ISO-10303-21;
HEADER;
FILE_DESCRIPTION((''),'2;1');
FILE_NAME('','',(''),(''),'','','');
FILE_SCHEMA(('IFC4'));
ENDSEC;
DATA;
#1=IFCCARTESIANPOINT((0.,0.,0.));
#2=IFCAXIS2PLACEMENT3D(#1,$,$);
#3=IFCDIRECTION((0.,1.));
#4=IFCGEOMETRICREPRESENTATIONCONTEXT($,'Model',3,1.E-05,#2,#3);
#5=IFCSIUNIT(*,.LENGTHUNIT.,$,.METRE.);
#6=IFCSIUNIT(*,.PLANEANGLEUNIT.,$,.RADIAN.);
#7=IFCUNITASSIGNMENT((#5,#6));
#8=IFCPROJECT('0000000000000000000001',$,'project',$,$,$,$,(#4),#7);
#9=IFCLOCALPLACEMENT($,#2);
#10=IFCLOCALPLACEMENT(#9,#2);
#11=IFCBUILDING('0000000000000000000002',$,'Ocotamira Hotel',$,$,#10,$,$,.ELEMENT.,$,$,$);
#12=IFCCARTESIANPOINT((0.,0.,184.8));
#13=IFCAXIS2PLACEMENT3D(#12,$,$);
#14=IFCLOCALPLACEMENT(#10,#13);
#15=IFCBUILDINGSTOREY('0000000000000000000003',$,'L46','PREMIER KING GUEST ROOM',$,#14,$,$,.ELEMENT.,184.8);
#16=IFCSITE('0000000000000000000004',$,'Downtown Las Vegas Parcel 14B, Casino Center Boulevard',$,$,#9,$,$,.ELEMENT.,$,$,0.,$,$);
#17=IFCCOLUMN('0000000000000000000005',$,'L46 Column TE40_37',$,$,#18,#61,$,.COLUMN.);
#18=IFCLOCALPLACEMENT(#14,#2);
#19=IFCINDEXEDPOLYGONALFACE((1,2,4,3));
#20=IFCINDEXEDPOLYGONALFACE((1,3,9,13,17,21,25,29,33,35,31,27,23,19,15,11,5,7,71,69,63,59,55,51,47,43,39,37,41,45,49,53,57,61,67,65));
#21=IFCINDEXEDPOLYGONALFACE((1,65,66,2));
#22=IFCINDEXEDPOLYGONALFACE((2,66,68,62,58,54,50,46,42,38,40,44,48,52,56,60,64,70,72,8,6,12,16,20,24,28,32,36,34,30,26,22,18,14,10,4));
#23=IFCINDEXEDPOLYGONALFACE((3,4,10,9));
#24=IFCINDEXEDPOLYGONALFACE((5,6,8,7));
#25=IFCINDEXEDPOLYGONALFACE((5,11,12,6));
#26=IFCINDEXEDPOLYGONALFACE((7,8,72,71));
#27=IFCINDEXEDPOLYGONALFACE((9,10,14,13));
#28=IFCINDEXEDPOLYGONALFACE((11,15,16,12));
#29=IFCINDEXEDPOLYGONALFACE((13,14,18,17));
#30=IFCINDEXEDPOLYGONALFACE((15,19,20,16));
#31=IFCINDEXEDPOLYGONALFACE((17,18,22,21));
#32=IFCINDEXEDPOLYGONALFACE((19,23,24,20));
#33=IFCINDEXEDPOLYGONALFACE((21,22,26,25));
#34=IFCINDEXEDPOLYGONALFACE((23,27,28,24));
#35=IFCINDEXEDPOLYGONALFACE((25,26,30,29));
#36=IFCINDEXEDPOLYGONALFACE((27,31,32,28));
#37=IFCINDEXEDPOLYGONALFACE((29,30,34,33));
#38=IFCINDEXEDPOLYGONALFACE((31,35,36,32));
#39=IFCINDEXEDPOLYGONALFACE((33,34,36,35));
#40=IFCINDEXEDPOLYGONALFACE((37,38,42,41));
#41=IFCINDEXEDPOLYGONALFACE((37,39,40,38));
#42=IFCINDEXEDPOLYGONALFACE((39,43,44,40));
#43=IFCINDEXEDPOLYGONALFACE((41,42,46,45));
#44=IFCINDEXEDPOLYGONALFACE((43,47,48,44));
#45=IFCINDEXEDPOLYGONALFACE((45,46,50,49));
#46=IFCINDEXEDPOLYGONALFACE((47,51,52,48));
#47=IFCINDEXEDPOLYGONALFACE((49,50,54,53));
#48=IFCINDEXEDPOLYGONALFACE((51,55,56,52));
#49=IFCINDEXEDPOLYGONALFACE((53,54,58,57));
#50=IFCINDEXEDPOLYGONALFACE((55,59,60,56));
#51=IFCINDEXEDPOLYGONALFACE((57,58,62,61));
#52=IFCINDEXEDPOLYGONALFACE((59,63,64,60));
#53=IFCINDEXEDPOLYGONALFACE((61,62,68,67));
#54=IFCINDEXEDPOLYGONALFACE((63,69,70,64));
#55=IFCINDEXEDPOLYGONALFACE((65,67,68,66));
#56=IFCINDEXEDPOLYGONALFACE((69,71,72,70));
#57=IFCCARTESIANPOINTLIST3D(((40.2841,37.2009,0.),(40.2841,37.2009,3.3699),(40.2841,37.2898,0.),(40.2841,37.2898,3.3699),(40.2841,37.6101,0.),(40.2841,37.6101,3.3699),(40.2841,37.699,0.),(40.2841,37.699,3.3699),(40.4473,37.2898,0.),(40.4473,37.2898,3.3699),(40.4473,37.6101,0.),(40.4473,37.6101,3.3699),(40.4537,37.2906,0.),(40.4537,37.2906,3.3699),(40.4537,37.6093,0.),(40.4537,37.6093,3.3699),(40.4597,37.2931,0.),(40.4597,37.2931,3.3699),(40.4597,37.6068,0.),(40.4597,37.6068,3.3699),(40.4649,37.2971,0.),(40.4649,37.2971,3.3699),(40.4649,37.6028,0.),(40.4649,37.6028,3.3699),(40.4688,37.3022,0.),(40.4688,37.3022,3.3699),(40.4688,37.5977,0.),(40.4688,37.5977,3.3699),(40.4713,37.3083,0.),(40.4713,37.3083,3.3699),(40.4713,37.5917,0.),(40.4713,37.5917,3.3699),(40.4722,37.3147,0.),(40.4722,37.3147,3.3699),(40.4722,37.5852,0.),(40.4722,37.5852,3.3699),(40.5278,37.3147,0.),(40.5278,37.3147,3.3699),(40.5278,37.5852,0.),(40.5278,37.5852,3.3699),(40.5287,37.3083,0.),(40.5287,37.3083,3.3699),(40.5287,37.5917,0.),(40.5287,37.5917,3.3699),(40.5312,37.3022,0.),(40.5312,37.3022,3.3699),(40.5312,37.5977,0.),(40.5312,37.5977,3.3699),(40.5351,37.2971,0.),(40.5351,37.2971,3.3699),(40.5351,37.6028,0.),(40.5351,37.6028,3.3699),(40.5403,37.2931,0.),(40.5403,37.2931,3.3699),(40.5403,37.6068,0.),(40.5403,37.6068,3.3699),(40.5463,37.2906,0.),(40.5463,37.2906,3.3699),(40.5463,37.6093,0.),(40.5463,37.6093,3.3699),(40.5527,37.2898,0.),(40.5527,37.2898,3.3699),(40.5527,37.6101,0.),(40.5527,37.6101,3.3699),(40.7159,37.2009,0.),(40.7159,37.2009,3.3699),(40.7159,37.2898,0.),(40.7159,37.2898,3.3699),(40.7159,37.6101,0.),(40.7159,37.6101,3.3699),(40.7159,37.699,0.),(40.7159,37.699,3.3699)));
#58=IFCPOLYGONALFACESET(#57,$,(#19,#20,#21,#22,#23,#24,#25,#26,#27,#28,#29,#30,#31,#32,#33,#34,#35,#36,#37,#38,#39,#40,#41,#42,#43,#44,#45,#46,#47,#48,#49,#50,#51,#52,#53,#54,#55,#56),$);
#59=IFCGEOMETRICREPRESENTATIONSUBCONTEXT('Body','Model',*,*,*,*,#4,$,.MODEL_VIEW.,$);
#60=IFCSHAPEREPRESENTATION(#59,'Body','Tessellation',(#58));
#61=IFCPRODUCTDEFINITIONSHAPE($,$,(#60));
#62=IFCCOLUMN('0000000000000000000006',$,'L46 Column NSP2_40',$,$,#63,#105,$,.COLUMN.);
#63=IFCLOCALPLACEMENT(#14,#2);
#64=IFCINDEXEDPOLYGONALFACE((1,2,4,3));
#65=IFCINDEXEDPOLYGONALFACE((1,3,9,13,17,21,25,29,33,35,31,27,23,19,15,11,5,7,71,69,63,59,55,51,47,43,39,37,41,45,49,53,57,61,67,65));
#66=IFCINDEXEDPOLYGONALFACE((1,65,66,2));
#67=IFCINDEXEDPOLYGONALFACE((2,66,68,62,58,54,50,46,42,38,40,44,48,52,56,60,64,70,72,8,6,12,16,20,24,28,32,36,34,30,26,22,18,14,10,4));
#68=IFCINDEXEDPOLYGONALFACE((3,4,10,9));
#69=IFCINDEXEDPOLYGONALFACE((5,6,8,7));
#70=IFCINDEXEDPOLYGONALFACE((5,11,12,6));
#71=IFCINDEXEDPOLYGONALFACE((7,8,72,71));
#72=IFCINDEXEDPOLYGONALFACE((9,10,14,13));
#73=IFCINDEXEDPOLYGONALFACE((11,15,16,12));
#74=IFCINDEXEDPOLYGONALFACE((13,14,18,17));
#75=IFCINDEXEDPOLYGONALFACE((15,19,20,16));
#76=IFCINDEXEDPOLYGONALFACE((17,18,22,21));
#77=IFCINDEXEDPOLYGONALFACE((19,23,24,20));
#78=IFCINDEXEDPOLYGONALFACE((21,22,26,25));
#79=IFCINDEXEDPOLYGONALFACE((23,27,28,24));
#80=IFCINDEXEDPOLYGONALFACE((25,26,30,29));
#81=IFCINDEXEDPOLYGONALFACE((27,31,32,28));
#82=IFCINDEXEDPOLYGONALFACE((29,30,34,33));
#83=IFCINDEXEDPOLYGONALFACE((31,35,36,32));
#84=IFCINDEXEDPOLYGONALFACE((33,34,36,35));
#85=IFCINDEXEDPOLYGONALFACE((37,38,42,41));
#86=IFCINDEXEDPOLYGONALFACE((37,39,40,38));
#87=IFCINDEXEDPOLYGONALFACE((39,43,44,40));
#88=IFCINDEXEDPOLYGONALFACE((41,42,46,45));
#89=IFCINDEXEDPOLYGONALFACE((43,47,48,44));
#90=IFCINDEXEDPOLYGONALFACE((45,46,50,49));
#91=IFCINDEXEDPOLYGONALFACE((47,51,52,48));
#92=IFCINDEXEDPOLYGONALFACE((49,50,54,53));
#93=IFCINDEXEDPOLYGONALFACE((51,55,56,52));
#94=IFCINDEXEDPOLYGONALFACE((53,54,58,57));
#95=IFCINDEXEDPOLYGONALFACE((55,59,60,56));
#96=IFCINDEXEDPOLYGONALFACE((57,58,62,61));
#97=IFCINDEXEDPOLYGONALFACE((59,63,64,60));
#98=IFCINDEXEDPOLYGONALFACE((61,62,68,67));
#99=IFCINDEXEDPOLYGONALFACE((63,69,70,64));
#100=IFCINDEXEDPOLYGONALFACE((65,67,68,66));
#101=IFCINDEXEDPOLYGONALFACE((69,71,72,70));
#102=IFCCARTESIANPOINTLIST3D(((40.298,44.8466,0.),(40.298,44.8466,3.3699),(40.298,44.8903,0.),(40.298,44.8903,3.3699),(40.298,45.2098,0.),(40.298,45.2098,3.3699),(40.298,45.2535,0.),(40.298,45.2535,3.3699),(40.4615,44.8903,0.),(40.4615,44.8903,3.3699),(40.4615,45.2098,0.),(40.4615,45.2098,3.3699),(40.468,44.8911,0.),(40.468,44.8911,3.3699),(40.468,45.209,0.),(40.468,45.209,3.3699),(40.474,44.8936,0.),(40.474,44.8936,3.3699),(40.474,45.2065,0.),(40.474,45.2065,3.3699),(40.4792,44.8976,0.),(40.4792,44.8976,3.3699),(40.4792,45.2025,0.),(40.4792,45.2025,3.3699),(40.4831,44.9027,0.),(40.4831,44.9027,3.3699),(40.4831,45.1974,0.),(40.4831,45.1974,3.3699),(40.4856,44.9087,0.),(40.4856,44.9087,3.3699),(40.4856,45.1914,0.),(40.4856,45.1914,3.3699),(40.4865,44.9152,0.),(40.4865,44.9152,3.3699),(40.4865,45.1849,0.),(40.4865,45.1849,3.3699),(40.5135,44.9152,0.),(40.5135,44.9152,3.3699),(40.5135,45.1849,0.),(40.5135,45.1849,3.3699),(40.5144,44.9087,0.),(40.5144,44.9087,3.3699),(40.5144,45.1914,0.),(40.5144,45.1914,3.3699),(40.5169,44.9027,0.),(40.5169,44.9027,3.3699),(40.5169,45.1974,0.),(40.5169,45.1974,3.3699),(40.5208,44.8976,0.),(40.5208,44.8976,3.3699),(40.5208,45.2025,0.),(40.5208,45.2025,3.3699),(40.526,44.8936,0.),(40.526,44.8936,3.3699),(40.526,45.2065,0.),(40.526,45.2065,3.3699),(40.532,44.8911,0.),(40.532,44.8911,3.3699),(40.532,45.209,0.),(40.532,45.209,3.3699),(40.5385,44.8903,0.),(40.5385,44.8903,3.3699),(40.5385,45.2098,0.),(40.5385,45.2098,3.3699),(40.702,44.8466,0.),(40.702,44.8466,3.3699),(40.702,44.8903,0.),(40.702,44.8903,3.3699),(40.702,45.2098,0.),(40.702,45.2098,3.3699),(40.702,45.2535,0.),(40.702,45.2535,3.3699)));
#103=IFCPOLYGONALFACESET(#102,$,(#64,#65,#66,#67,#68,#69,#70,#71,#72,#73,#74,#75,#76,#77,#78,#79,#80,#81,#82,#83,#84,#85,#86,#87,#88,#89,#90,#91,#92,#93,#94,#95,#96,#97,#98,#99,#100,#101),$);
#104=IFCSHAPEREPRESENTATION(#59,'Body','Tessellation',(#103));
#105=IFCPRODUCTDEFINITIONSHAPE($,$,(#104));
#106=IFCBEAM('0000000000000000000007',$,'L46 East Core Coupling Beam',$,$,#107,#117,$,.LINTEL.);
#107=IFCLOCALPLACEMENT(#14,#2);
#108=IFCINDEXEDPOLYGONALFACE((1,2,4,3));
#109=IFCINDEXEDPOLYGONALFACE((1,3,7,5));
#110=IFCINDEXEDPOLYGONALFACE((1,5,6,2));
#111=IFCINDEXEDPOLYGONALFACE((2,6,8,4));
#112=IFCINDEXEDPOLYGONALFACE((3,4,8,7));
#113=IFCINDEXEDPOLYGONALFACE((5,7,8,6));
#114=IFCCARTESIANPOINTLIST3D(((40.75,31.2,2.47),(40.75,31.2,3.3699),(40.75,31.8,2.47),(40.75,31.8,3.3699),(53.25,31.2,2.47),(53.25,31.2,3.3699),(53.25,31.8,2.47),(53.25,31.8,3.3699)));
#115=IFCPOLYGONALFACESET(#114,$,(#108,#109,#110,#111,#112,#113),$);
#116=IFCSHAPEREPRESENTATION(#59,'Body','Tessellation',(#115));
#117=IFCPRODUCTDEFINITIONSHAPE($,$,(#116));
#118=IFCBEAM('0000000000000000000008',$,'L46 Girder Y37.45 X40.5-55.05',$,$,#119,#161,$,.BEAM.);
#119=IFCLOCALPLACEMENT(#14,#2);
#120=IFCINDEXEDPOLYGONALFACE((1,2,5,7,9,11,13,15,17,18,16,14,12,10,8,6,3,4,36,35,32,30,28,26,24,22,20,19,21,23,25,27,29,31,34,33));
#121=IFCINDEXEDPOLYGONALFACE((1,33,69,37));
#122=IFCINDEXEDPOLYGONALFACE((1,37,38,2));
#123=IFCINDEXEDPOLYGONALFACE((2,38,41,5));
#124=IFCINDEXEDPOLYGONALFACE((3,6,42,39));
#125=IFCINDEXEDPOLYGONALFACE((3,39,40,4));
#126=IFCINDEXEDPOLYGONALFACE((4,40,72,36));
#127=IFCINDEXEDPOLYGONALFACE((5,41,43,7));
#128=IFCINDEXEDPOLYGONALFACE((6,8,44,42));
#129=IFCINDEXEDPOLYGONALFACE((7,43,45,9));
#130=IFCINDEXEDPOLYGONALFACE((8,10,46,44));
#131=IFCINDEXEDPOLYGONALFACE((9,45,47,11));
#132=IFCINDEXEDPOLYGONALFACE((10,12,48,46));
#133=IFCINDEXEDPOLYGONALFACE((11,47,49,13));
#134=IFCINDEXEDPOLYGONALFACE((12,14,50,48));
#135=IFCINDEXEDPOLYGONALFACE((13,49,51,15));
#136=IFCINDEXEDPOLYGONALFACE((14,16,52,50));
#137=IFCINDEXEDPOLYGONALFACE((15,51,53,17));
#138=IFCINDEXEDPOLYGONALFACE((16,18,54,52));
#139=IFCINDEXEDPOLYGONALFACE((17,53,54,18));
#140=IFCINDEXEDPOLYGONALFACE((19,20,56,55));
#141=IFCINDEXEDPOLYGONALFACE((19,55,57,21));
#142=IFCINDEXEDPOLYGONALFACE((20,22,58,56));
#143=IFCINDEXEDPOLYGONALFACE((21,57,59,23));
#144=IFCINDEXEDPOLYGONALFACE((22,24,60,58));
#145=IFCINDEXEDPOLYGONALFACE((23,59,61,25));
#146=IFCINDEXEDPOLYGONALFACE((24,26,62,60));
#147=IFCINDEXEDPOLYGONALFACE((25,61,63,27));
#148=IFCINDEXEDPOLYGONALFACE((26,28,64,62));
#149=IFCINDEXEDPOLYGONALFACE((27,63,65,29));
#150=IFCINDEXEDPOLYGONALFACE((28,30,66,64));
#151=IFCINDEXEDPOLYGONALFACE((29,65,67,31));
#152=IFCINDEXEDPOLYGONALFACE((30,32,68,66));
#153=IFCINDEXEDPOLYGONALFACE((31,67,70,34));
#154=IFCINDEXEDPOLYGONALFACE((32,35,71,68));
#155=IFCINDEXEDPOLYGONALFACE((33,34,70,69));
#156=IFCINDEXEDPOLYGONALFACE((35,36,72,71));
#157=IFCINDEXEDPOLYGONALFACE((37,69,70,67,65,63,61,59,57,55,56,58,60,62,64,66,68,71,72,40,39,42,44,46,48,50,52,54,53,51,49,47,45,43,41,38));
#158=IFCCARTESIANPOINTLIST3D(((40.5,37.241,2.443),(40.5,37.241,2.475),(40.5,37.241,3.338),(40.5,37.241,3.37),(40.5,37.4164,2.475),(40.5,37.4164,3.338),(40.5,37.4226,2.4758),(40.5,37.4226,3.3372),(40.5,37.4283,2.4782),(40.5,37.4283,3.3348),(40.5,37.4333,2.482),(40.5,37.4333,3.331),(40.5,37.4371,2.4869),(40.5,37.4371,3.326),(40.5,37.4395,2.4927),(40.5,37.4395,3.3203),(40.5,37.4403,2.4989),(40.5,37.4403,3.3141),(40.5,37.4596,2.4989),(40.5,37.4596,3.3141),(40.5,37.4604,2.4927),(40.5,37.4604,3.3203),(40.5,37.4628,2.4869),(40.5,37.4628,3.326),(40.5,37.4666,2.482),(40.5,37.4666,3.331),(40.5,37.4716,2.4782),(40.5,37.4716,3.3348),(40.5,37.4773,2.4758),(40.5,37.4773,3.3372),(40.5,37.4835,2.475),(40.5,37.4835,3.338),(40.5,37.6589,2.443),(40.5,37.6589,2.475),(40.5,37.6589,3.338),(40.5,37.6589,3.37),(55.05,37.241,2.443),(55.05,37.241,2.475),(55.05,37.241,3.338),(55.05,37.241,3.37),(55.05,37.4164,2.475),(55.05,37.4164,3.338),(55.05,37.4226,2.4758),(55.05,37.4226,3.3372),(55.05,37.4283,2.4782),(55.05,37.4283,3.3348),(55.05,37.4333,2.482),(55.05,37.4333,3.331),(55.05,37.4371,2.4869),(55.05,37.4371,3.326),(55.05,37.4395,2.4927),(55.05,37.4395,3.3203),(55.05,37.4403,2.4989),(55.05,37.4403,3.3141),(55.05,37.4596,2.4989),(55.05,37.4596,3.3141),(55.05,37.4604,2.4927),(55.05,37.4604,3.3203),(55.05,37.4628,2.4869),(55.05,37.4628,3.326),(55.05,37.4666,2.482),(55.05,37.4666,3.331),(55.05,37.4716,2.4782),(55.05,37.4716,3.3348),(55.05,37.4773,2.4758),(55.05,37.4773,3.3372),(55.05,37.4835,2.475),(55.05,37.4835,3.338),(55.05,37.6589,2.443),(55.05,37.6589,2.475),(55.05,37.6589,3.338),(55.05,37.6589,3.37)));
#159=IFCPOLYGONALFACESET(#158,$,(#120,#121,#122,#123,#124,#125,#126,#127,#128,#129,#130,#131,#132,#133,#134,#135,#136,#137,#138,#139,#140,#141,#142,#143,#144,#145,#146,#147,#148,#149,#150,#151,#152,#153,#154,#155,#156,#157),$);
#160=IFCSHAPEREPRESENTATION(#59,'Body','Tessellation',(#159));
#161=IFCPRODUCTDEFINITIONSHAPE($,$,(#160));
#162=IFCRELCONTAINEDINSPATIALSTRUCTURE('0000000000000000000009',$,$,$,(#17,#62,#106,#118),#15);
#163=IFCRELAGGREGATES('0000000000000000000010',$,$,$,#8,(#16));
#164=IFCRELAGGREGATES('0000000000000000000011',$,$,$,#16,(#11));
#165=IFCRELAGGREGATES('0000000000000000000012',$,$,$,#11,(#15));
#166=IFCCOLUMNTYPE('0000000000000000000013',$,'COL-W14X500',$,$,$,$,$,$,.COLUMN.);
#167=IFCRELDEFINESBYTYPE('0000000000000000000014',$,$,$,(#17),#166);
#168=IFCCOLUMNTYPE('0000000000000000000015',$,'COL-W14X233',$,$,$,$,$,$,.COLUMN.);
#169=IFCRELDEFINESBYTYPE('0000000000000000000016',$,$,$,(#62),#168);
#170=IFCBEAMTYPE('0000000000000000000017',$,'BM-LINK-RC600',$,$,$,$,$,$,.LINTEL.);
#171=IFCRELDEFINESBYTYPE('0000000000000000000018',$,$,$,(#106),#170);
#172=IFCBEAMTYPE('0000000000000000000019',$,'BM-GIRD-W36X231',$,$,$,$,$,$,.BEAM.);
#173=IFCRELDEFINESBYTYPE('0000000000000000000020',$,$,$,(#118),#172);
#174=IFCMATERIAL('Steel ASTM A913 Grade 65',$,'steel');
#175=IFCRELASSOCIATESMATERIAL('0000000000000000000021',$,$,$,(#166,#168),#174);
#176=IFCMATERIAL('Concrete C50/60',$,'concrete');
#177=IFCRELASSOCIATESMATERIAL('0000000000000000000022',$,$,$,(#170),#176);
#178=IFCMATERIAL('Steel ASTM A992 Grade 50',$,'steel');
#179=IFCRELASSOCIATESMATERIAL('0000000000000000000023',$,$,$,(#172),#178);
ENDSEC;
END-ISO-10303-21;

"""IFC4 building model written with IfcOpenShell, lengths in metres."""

from ifc_helpers import new_model, si_unit, direction, frame, origin, origin_2d, place, context, subcontext, project, spatial, rectangle, i_section, extrude, source, transform, mapped, material, material_profile, profile_set, type_object, element, save


model = new_model("IFC4")

# Units and contexts
model_context = context("Model", 3, precision=1e-05, world=origin(), true_north=direction((0.0, 1.0)))
body_context = subcontext(model_context, "Body", "Model", "MODEL_VIEW")
ifc_project = project(units=[si_unit("LENGTHUNIT", "METRE"), si_unit("PLANEANGLEUNIT", "RADIAN")], contexts=[model_context])

# Site, building, storey
site_placement = place(None, origin())
site = spatial("IfcSite", under=ifc_project, at=site_placement, Name="Downtown Las Vegas Parcel 14B, Casino Center Boulevard", CompositionType="ELEMENT", RefElevation=0.0)
building_placement = place(site_placement, origin())
building = spatial("IfcBuilding", under=site, at=building_placement, Name="Ocotamira Hotel", CompositionType="ELEMENT")
storey_placement = place(building_placement, frame((0.0, 0.0, 184.8)))
storey = spatial("IfcBuildingStorey", under=building, at=storey_placement, Name="L46", Description="PREMIER KING GUEST ROOM", CompositionType="ELEMENT", Elevation=184.8)

# Columns
ifc_material_1 = material(Name="Steel ASTM A913 Grade 65", Category="steel")
ifc_material_profile_1 = material_profile(ifc_material_1, i_section(OverallWidth=0.4319, OverallDepth=0.498, WebThickness=0.0557, FlangeThickness=0.0889, FilletRadius=0.0249, at=origin_2d()), Name="W14X500")
ifc_profile_set_1 = profile_set([ifc_material_profile_1], Name="Steel ASTM A913 Grade 65")
column_type_1 = type_object("IfcColumnType", Name="COL-W14X500", PredefinedType="COLUMN", material=ifc_profile_set_1)
shared_shape_1 = source(origin(), body_context, "Body", "SweptSolid", [
    extrude(i_section(OverallWidth=0.4319, OverallDepth=0.498, WebThickness=0.0557, FlangeThickness=0.0889, FilletRadius=0.0249, at=origin_2d()), origin(), (0.0, 0.0, 1.0), 3.3699),
])
column_1_placement = place(storey_placement, frame((40.5, 37.45, 0.0), z_axis=(0.0, 0.0, 1.0), x_axis=(1.0, 0.0, 0.0)))
element("IfcColumn", 1, at=column_1_placement, inside=storey, type_object=column_type_1, Name="L46 Column TE40_37", PredefinedType="COLUMN", context=body_context, shape_type="MappedRepresentation", body=[
    mapped(shared_shape_1, transform((0.0, 0.0, 0.0), scale=1.0)),
])
ifc_material_profile_2 = material_profile(ifc_material_1, i_section(OverallWidth=0.4041, OverallDepth=0.407, WebThickness=0.0271, FlangeThickness=0.0437, FilletRadius=0.0249, at=origin_2d()), Name="W14X233")
ifc_profile_set_2 = profile_set([ifc_material_profile_2], Name="Steel ASTM A913 Grade 65")
column_type_2 = type_object("IfcColumnType", Name="COL-W14X233", PredefinedType="COLUMN", material=ifc_profile_set_2)
shared_shape_2 = source(origin(), body_context, "Body", "SweptSolid", [
    extrude(i_section(OverallWidth=0.4041, OverallDepth=0.407, WebThickness=0.0271, FlangeThickness=0.0437, FilletRadius=0.0249, at=origin_2d()), origin(), (0.0, 0.0, 1.0), 3.3699),
])
column_2_placement = place(storey_placement, frame((40.5, 45.05, 0.0), z_axis=(0.0, 0.0, 1.0), x_axis=(1.0, 0.0, 0.0)))
element("IfcColumn", 2, at=column_2_placement, inside=storey, type_object=column_type_2, Name="L46 Column NSP2_40", PredefinedType="COLUMN", context=body_context, shape_type="MappedRepresentation", body=[
    mapped(shared_shape_2, transform((0.0, 0.0, 0.0), scale=1.0)),
])

# Beams
ifc_material_2 = material(Name="Concrete C50/60", Category="concrete")
ifc_material_profile_3 = material_profile(ifc_material_2, rectangle(XDim=0.6001, YDim=0.8999, at=origin_2d()), Name="RC600X900")
ifc_profile_set_3 = profile_set([ifc_material_profile_3], Name="Concrete C50/60")
beam_type_1 = type_object("IfcBeamType", Name="BM-LINK-RC600", PredefinedType="LINTEL", material=ifc_profile_set_3)
shared_shape_3 = source(origin(), body_context, "Body", "SweptSolid", [
    extrude(rectangle(XDim=0.6001, YDim=0.8999, at=origin_2d()), origin(), (0.0, 0.0, 1.0), 12.5),
])
beam_1_placement = place(storey_placement, frame((40.75, 31.5, 2.9199), z_axis=(1.0, 0.0, 0.0), x_axis=(0.0, 1.0, 0.0)))
element("IfcBeam", 3, at=beam_1_placement, inside=storey, type_object=beam_type_1, Name="L46 East Core Coupling Beam", PredefinedType="LINTEL", context=body_context, shape_type="MappedRepresentation", body=[
    mapped(shared_shape_3, transform((0.0, 0.0, 0.0), scale=1.0)),
])
ifc_material_3 = material(Name="Steel ASTM A992 Grade 50", Category="steel")
ifc_material_profile_4 = material_profile(ifc_material_3, i_section(OverallWidth=0.418, OverallDepth=0.927, WebThickness=0.0193, FlangeThickness=0.032, FilletRadius=0.0239, at=origin_2d()), Name="W36X231")
ifc_profile_set_4 = profile_set([ifc_material_profile_4], Name="Steel ASTM A992 Grade 50")
beam_type_2 = type_object("IfcBeamType", Name="BM-GIRD-W36X231", PredefinedType="BEAM", material=ifc_profile_set_4)
shared_shape_4 = source(origin(), body_context, "Body", "SweptSolid", [
    extrude(i_section(OverallWidth=0.418, OverallDepth=0.927, WebThickness=0.0193, FlangeThickness=0.032, FilletRadius=0.0239, at=origin_2d()), origin(), (0.0, 0.0, 1.0), 14.55),
])
beam_2_placement = place(storey_placement, frame((40.5, 37.45, 2.9065), z_axis=(1.0, 0.0, 0.0), x_axis=(0.0, 1.0, 0.0)))
element("IfcBeam", 4, at=beam_2_placement, inside=storey, type_object=beam_type_2, Name="L46 Girder Y37.45 X40.5-55.05", PredefinedType="BEAM", context=body_context, shape_type="MappedRepresentation", body=[
    mapped(shared_shape_4, transform((0.0, 0.0, 0.0), scale=1.0)),
])

save(model, "model.ifc")
